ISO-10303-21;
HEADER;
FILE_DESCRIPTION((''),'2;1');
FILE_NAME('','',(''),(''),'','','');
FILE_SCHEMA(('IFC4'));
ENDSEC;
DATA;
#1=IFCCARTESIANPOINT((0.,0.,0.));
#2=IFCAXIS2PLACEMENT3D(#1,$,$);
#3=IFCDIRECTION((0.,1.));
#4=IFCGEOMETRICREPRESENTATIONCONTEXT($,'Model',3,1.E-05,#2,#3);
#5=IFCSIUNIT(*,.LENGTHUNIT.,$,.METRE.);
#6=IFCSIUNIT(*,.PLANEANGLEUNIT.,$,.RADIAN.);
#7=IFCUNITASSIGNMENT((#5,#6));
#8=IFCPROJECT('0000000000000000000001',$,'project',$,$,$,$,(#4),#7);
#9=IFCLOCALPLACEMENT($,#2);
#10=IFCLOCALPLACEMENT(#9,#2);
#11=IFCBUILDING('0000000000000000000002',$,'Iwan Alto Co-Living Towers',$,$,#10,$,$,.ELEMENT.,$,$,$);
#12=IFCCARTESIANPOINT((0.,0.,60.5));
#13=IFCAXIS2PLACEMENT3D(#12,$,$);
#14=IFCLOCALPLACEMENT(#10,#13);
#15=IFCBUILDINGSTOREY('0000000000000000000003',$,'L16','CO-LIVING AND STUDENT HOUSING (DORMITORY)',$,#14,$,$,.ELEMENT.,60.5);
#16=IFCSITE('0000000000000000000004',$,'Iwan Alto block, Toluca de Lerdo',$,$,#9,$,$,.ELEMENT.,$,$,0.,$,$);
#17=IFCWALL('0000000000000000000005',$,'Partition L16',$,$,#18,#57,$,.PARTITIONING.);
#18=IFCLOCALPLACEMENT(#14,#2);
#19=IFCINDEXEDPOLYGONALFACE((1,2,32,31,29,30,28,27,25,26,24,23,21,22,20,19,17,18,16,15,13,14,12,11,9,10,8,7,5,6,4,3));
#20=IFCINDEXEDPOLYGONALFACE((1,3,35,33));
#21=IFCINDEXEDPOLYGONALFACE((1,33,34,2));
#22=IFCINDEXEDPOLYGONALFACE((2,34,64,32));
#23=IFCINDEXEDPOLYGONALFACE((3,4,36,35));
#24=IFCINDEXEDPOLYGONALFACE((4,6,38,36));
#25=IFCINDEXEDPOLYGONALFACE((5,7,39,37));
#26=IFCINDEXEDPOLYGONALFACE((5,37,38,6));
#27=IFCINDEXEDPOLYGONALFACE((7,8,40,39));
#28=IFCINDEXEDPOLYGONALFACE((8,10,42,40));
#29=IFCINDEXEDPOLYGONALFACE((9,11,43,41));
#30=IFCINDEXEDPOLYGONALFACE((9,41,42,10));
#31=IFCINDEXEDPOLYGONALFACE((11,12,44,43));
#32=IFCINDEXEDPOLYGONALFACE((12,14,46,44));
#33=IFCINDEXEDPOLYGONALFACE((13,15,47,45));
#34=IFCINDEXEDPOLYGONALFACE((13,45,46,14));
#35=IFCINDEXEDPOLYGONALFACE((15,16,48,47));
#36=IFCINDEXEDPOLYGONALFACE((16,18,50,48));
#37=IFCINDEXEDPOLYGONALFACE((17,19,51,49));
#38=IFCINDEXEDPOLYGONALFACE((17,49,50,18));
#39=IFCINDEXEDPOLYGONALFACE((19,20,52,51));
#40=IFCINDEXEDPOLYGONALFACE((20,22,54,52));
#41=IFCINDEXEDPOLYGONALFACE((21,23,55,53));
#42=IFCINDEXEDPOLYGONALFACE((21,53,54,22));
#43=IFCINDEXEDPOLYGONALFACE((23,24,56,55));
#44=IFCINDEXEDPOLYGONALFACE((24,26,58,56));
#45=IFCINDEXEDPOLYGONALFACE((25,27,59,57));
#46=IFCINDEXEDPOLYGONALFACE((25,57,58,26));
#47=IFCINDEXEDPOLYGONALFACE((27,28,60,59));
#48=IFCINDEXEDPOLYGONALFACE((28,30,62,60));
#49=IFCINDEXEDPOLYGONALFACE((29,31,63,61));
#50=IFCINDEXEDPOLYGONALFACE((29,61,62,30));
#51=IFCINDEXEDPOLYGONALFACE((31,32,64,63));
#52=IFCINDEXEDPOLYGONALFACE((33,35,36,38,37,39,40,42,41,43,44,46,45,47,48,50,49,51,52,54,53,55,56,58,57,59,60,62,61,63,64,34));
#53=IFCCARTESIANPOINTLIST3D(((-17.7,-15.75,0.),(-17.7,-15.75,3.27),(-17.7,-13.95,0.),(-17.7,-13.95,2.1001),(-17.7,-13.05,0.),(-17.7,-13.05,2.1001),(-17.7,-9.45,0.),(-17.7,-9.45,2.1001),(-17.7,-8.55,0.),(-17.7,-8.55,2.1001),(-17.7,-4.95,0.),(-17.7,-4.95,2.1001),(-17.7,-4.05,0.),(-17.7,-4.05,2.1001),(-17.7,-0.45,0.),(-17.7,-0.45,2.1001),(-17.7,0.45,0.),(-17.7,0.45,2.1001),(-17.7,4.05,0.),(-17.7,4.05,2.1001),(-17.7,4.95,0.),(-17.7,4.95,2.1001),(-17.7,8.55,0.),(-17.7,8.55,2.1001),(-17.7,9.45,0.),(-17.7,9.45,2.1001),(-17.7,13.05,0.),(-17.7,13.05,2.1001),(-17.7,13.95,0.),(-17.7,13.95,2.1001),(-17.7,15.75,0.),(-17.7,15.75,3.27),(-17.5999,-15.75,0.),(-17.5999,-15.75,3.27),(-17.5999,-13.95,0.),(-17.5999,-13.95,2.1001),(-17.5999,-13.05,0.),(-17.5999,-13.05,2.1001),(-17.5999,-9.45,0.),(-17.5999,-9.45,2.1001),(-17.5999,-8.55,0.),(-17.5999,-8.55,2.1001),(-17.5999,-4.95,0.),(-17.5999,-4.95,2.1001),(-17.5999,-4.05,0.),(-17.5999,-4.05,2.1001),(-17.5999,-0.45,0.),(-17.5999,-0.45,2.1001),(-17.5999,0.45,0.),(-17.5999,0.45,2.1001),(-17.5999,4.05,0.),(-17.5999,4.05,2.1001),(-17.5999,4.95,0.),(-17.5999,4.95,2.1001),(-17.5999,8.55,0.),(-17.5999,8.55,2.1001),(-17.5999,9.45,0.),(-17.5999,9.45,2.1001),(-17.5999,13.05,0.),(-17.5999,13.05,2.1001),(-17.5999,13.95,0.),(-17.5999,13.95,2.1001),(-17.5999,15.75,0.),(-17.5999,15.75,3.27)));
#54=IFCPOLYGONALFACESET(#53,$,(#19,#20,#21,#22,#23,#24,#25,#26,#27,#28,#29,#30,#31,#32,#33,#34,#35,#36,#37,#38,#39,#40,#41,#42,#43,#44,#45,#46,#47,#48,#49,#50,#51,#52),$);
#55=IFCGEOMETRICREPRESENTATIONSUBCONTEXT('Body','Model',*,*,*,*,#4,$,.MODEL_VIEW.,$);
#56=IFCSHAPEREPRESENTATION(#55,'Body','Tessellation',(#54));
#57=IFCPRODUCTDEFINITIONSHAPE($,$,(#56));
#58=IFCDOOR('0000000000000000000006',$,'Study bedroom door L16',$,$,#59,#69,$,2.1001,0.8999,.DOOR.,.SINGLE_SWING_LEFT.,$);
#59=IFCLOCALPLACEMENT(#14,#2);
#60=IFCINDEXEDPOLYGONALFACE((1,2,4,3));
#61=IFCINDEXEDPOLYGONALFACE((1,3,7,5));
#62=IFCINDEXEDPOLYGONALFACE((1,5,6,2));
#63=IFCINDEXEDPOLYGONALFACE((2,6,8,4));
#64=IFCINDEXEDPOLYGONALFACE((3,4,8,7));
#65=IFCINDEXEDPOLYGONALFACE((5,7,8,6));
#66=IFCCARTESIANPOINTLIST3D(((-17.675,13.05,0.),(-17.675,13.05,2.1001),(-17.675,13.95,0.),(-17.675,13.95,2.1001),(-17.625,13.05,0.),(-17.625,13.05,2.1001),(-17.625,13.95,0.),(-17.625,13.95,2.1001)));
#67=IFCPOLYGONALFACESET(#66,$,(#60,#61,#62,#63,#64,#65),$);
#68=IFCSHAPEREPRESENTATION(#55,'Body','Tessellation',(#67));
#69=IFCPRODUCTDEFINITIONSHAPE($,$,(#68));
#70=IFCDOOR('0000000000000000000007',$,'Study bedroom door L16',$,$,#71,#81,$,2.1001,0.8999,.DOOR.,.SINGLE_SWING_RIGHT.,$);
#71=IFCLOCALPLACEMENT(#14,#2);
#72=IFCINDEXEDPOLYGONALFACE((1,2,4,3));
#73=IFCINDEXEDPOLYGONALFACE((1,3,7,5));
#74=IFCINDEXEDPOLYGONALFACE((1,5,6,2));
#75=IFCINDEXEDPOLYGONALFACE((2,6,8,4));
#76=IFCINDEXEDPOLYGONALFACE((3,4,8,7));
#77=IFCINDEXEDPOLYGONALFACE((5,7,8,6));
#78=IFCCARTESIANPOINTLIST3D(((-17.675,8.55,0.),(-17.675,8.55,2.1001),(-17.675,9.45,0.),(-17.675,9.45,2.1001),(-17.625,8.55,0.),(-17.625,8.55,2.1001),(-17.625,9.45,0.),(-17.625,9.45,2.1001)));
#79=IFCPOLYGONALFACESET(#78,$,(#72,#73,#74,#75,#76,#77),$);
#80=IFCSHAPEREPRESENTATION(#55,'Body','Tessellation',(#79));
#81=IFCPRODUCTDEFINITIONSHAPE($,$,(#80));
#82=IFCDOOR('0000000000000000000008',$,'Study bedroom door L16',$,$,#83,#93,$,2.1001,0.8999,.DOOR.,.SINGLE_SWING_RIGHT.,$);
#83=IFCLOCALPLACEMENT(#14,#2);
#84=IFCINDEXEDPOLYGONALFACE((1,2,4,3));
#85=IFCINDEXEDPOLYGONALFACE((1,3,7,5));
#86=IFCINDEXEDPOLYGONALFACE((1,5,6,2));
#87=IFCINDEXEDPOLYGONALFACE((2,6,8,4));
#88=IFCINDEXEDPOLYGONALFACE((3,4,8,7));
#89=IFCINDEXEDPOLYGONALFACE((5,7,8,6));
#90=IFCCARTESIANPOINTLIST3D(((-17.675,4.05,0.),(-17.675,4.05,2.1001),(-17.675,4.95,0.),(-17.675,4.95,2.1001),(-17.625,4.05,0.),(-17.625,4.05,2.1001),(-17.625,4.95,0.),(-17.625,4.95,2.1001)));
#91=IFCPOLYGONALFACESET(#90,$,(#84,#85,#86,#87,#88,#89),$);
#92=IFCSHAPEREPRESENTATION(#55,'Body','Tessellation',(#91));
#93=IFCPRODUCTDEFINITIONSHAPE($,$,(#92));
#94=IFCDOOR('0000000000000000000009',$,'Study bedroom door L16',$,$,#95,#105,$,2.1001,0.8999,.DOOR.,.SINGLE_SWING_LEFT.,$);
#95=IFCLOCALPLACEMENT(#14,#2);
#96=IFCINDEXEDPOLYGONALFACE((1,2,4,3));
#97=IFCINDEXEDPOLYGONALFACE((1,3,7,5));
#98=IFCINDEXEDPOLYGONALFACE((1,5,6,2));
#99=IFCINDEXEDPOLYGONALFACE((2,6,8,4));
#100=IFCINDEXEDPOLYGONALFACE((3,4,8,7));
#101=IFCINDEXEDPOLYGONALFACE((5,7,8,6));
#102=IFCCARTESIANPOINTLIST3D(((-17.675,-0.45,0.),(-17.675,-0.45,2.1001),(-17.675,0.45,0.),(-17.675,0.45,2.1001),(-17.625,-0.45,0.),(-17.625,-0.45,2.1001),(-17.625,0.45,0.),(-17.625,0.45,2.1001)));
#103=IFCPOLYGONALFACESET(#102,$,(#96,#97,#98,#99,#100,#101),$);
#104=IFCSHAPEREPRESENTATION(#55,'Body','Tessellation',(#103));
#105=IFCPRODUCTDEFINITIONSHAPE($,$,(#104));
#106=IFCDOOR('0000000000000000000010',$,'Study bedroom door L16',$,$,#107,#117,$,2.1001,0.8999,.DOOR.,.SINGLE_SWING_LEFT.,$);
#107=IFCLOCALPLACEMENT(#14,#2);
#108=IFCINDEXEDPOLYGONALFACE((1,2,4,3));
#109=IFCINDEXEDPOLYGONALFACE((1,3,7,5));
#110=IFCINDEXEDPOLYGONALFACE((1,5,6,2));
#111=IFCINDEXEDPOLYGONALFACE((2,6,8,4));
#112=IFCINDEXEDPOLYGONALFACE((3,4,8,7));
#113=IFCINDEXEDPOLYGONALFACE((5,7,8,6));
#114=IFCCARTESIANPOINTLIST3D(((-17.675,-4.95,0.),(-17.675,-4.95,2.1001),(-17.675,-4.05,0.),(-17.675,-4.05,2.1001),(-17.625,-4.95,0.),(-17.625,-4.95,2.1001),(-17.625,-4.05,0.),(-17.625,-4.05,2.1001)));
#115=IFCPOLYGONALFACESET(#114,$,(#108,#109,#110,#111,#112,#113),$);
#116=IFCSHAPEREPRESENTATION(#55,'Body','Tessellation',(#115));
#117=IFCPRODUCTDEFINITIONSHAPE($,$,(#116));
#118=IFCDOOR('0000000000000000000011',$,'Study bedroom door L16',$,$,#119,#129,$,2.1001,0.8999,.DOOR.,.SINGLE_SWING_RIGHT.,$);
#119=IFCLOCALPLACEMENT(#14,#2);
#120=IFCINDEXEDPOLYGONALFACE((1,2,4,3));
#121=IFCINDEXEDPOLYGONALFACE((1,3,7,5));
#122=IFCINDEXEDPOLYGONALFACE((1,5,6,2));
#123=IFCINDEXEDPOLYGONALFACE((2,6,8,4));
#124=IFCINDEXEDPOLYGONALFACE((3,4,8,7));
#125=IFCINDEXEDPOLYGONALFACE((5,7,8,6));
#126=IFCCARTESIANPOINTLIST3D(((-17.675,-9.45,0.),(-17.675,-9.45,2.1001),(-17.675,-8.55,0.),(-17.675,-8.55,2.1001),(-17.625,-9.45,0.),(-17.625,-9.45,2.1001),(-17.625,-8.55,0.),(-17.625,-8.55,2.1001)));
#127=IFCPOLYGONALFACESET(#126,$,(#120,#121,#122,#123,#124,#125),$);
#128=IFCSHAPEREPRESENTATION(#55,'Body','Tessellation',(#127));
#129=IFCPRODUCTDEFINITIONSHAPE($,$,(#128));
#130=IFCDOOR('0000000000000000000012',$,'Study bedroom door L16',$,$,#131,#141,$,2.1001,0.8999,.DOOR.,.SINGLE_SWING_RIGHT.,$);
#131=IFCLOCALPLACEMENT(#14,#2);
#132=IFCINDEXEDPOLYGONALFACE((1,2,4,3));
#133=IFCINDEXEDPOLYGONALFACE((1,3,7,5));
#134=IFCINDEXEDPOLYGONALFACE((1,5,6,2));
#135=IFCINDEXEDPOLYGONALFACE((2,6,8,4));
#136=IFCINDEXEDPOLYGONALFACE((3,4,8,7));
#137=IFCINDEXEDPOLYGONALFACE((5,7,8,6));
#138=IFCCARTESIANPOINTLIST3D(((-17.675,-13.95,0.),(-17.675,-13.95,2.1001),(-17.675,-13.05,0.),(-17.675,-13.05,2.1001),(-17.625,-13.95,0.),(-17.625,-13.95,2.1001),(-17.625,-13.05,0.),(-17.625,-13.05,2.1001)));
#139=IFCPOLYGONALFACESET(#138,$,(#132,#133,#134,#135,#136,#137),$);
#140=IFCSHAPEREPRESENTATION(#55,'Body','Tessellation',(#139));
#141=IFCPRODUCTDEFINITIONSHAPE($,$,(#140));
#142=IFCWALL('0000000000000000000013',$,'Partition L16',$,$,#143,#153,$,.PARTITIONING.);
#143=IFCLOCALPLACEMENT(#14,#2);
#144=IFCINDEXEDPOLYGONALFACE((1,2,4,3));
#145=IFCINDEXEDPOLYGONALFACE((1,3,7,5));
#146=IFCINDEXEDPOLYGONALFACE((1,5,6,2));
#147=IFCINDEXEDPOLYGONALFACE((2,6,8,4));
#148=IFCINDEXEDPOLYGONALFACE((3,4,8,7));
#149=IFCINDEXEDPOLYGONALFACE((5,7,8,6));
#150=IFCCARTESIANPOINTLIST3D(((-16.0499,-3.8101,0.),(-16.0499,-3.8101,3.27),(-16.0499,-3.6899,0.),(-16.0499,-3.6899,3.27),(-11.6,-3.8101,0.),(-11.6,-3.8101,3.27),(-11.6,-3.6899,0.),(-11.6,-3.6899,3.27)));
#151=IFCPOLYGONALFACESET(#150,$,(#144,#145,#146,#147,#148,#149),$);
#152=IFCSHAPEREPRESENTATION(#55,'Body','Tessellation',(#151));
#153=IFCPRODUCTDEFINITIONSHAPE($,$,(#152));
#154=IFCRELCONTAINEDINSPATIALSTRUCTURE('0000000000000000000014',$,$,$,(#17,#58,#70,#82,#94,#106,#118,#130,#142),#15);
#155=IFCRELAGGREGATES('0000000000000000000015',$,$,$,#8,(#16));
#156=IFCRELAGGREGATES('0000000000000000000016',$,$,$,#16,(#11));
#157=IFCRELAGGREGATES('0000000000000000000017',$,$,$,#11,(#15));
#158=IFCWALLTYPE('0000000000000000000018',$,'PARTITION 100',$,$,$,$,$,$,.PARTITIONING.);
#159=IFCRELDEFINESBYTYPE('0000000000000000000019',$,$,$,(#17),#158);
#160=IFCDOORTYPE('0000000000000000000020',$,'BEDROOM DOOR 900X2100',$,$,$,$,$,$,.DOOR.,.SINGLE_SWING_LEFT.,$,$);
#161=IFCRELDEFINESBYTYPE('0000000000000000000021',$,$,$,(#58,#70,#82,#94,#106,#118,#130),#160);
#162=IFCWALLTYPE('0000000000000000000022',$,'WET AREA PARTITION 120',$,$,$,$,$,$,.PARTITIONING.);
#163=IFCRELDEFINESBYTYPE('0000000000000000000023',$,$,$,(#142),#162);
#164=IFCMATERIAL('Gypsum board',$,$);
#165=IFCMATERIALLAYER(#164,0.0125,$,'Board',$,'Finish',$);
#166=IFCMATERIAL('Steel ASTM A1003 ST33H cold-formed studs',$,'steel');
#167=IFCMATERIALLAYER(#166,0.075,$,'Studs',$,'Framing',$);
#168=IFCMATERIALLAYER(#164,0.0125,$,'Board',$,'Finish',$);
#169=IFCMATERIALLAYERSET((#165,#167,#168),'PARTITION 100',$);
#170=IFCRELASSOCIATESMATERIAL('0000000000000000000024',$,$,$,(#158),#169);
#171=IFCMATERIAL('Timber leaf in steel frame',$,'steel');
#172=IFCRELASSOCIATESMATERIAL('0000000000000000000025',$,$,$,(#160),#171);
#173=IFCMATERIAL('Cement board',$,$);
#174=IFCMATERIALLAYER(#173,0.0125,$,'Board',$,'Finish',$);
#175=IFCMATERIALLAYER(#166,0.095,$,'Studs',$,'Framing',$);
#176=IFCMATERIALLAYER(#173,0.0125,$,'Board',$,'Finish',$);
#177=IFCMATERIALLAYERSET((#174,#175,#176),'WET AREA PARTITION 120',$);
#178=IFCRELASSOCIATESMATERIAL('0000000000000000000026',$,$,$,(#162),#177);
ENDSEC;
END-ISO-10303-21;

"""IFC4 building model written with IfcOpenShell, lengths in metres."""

from ifc_helpers import new_model, si_unit, direction, frame, frame_2d, origin, place, context, subcontext, project, spatial, rectangle, extrude, material, layer, layer_set, type_object, element, fill, save


model = new_model("IFC4")

# Units and contexts
model_context = context("Model", 3, precision=1e-05, world=origin(), true_north=direction((0.0, 1.0)))
body_context = subcontext(model_context, "Body", "Model", "MODEL_VIEW")
ifc_project = project(units=[si_unit("LENGTHUNIT", "METRE"), si_unit("PLANEANGLEUNIT", "RADIAN")], contexts=[model_context])

# Site, building, storey
site_placement = place(None, origin())
site = spatial("IfcSite", under=ifc_project, at=site_placement, Name="Iwan Alto block, Toluca de Lerdo", CompositionType="ELEMENT", RefElevation=0.0)
building_placement = place(site_placement, origin())
building = spatial("IfcBuilding", under=site, at=building_placement, Name="Iwan Alto Co-Living Towers", CompositionType="ELEMENT")
storey_placement = place(building_placement, frame((0.0, 0.0, 60.5)))
storey = spatial("IfcBuildingStorey", under=building, at=storey_placement, Name="L16", Description="CO-LIVING AND STUDENT HOUSING (DORMITORY)", CompositionType="ELEMENT", Elevation=60.5)

# Shared definitions
ifc_material_1 = material(Name="Gypsum board")
ifc_layer_1 = layer(ifc_material_1, 0.0125, Name="Board", Category="Finish")
ifc_material_2 = material(Name="Steel ASTM A1003 ST33H cold-formed studs", Category="steel")
ifc_layer_2 = layer(ifc_material_2, 0.075, Name="Studs", Category="Framing")
ifc_layer_3 = layer(ifc_material_1, 0.0125, Name="Board", Category="Finish")
ifc_layer_set_1 = layer_set([ifc_layer_1, ifc_layer_2, ifc_layer_3], Name="PARTITION 100")
wall_type_1 = type_object("IfcWallType", Name="PARTITION 100", PredefinedType="PARTITIONING", material=ifc_layer_set_1)

# Wall, openings, doors
wall_1_placement = place(storey_placement, frame((-17.6499, -15.75, 0.0), z_axis=(0.0, 0.0, 1.0), x_axis=(0.0, 1.0, 0.0)))
wall_1 = element("IfcWall", 1, at=wall_1_placement, inside=storey, type_object=wall_type_1, Name="Partition L16", PredefinedType="PARTITIONING", context=body_context, shape_type="SweptSolid", body=[
    extrude(rectangle(XDim=31.5, YDim=0.1001, at=frame_2d((15.75, 0.0))), origin(), (0.0, 0.0, 1.0), 3.27),
])
opening_1_placement = place(wall_1_placement, frame((28.8, 0.0, 0.0)))
opening_1 = element("IfcOpeningElement", 2, at=opening_1_placement, cuts=wall_1, PredefinedType="OPENING", context=body_context, shape_type="SweptSolid", body=[
    extrude(rectangle(XDim=0.8999, YDim=2.1001, at=frame_2d((0.45, 1.05))), frame((0.0, 0.0601, 0.0), z_axis=(0.0, -1.0, 0.0), x_axis=(1.0, 0.0, 0.0)), (0.0, 0.0, 1.0), 0.1201),
])
opening_2_placement = place(wall_1_placement, frame((24.3, 0.0, 0.0)))
opening_2 = element("IfcOpeningElement", 3, at=opening_2_placement, cuts=wall_1, PredefinedType="OPENING", context=body_context, shape_type="SweptSolid", body=[
    extrude(rectangle(XDim=0.8999, YDim=2.1001, at=frame_2d((0.45, 1.05))), frame((0.0, 0.0601, 0.0), z_axis=(0.0, -1.0, 0.0), x_axis=(1.0, 0.0, 0.0)), (0.0, 0.0, 1.0), 0.1201),
])
opening_3_placement = place(wall_1_placement, frame((19.8, 0.0, 0.0)))
opening_3 = element("IfcOpeningElement", 4, at=opening_3_placement, cuts=wall_1, PredefinedType="OPENING", context=body_context, shape_type="SweptSolid", body=[
    extrude(rectangle(XDim=0.8999, YDim=2.1001, at=frame_2d((0.45, 1.05))), frame((0.0, 0.0601, 0.0), z_axis=(0.0, -1.0, 0.0), x_axis=(1.0, 0.0, 0.0)), (0.0, 0.0, 1.0), 0.1201),
])
opening_4_placement = place(wall_1_placement, frame((15.3, 0.0, 0.0)))
opening_4 = element("IfcOpeningElement", 5, at=opening_4_placement, cuts=wall_1, PredefinedType="OPENING", context=body_context, shape_type="SweptSolid", body=[
    extrude(rectangle(XDim=0.8999, YDim=2.1001, at=frame_2d((0.45, 1.05))), frame((0.0, 0.0601, 0.0), z_axis=(0.0, -1.0, 0.0), x_axis=(1.0, 0.0, 0.0)), (0.0, 0.0, 1.0), 0.1201),
])
opening_5_placement = place(wall_1_placement, frame((10.8, 0.0, 0.0)))
opening_5 = element("IfcOpeningElement", 6, at=opening_5_placement, cuts=wall_1, PredefinedType="OPENING", context=body_context, shape_type="SweptSolid", body=[
    extrude(rectangle(XDim=0.8999, YDim=2.1001, at=frame_2d((0.45, 1.05))), frame((0.0, 0.0601, 0.0), z_axis=(0.0, -1.0, 0.0), x_axis=(1.0, 0.0, 0.0)), (0.0, 0.0, 1.0), 0.1201),
])
opening_6_placement = place(wall_1_placement, frame((6.3, 0.0, 0.0)))
opening_6 = element("IfcOpeningElement", 7, at=opening_6_placement, cuts=wall_1, PredefinedType="OPENING", context=body_context, shape_type="SweptSolid", body=[
    extrude(rectangle(XDim=0.8999, YDim=2.1001, at=frame_2d((0.45, 1.05))), frame((0.0, 0.0601, 0.0), z_axis=(0.0, -1.0, 0.0), x_axis=(1.0, 0.0, 0.0)), (0.0, 0.0, 1.0), 0.1201),
])
opening_7_placement = place(wall_1_placement, frame((1.8, 0.0, 0.0)))
opening_7 = element("IfcOpeningElement", 8, at=opening_7_placement, cuts=wall_1, PredefinedType="OPENING", context=body_context, shape_type="SweptSolid", body=[
    extrude(rectangle(XDim=0.8999, YDim=2.1001, at=frame_2d((0.45, 1.05))), frame((0.0, 0.0601, 0.0), z_axis=(0.0, -1.0, 0.0), x_axis=(1.0, 0.0, 0.0)), (0.0, 0.0, 1.0), 0.1201),
])
ifc_material_3 = material(Name="Timber leaf in steel frame", Category="steel")
door_type_1 = type_object("IfcDoorType", Name="BEDROOM DOOR 900X2100", OperationType="SINGLE_SWING_LEFT", PredefinedType="DOOR", material=ifc_material_3)
door_1_placement = place(opening_1_placement, frame((0.8999, 0.0, 0.0), z_axis=(0.0, 0.0, 1.0), x_axis=(-1.0, 0.0, 0.0)))
door_1 = element("IfcDoor", 9, at=door_1_placement, inside=storey, type_object=door_type_1, Name="Study bedroom door L16", OperationType="SINGLE_SWING_LEFT", OverallHeight=2.1001, OverallWidth=0.8999, PredefinedType="DOOR", context=body_context, shape_type="SweptSolid", body=[
    extrude(rectangle(XDim=0.8999, YDim=2.1001, at=frame_2d((0.45, 1.05))), frame((0.0, 0.0249, 0.0), z_axis=(0.0, -1.0, 0.0), x_axis=(1.0, 0.0, 0.0)), (0.0, 0.0, 1.0), 0.05),
])
fill(opening_1, door_1)
door_2_placement = place(opening_2_placement, frame((0.8999, 0.0, 0.0), z_axis=(0.0, 0.0, 1.0), x_axis=(-1.0, 0.0, 0.0)))
door_2 = element("IfcDoor", 10, at=door_2_placement, inside=storey, type_object=door_type_1, Name="Study bedroom door L16", OperationType="SINGLE_SWING_RIGHT", OverallHeight=2.1001, OverallWidth=0.8999, PredefinedType="DOOR", context=body_context, shape_type="SweptSolid", body=[
    extrude(rectangle(XDim=0.8999, YDim=2.1001, at=frame_2d((0.45, 1.05))), frame((0.0, 0.0249, 0.0), z_axis=(0.0, -1.0, 0.0), x_axis=(1.0, 0.0, 0.0)), (0.0, 0.0, 1.0), 0.05),
])
fill(opening_2, door_2)
door_3_placement = place(opening_3_placement, frame((0.8999, 0.0, 0.0), z_axis=(0.0, 0.0, 1.0), x_axis=(-1.0, 0.0, 0.0)))
door_3 = element("IfcDoor", 11, at=door_3_placement, inside=storey, type_object=door_type_1, Name="Study bedroom door L16", OperationType="SINGLE_SWING_RIGHT", OverallHeight=2.1001, OverallWidth=0.8999, PredefinedType="DOOR", context=body_context, shape_type="SweptSolid", body=[
    extrude(rectangle(XDim=0.8999, YDim=2.1001, at=frame_2d((0.45, 1.05))), frame((0.0, 0.0249, 0.0), z_axis=(0.0, -1.0, 0.0), x_axis=(1.0, 0.0, 0.0)), (0.0, 0.0, 1.0), 0.05),
])
fill(opening_3, door_3)
door_4_placement = place(opening_4_placement, frame((0.8999, 0.0, 0.0), z_axis=(0.0, 0.0, 1.0), x_axis=(-1.0, 0.0, 0.0)))
door_4 = element("IfcDoor", 12, at=door_4_placement, inside=storey, type_object=door_type_1, Name="Study bedroom door L16", OperationType="SINGLE_SWING_LEFT", OverallHeight=2.1001, OverallWidth=0.8999, PredefinedType="DOOR", context=body_context, shape_type="SweptSolid", body=[
    extrude(rectangle(XDim=0.8999, YDim=2.1001, at=frame_2d((0.45, 1.05))), frame((0.0, 0.0249, 0.0), z_axis=(0.0, -1.0, 0.0), x_axis=(1.0, 0.0, 0.0)), (0.0, 0.0, 1.0), 0.05),
])
fill(opening_4, door_4)
door_5_placement = place(opening_5_placement, frame((0.8999, 0.0, 0.0), z_axis=(0.0, 0.0, 1.0), x_axis=(-1.0, 0.0, 0.0)))
door_5 = element("IfcDoor", 13, at=door_5_placement, inside=storey, type_object=door_type_1, Name="Study bedroom door L16", OperationType="SINGLE_SWING_LEFT", OverallHeight=2.1001, OverallWidth=0.8999, PredefinedType="DOOR", context=body_context, shape_type="SweptSolid", body=[
    extrude(rectangle(XDim=0.8999, YDim=2.1001, at=frame_2d((0.45, 1.05))), frame((0.0, 0.0249, 0.0), z_axis=(0.0, -1.0, 0.0), x_axis=(1.0, 0.0, 0.0)), (0.0, 0.0, 1.0), 0.05),
])
fill(opening_5, door_5)
door_6_placement = place(opening_6_placement, frame((0.8999, 0.0, 0.0), z_axis=(0.0, 0.0, 1.0), x_axis=(-1.0, 0.0, 0.0)))
door_6 = element("IfcDoor", 14, at=door_6_placement, inside=storey, type_object=door_type_1, Name="Study bedroom door L16", OperationType="SINGLE_SWING_RIGHT", OverallHeight=2.1001, OverallWidth=0.8999, PredefinedType="DOOR", context=body_context, shape_type="SweptSolid", body=[
    extrude(rectangle(XDim=0.8999, YDim=2.1001, at=frame_2d((0.45, 1.05))), frame((0.0, 0.0249, 0.0), z_axis=(0.0, -1.0, 0.0), x_axis=(1.0, 0.0, 0.0)), (0.0, 0.0, 1.0), 0.05),
])
fill(opening_6, door_6)
door_7_placement = place(opening_7_placement, frame((0.8999, 0.0, 0.0), z_axis=(0.0, 0.0, 1.0), x_axis=(-1.0, 0.0, 0.0)))
door_7 = element("IfcDoor", 15, at=door_7_placement, inside=storey, type_object=door_type_1, Name="Study bedroom door L16", OperationType="SINGLE_SWING_RIGHT", OverallHeight=2.1001, OverallWidth=0.8999, PredefinedType="DOOR", context=body_context, shape_type="SweptSolid", body=[
    extrude(rectangle(XDim=0.8999, YDim=2.1001, at=frame_2d((0.45, 1.05))), frame((0.0, 0.0249, 0.0), z_axis=(0.0, -1.0, 0.0), x_axis=(1.0, 0.0, 0.0)), (0.0, 0.0, 1.0), 0.05),
])
fill(opening_7, door_7)

# Wall
ifc_material_4 = material(Name="Cement board")
ifc_layer_4 = layer(ifc_material_4, 0.0125, Name="Board", Category="Finish")
ifc_layer_5 = layer(ifc_material_2, 0.095, Name="Studs", Category="Framing")
ifc_layer_6 = layer(ifc_material_4, 0.0125, Name="Board", Category="Finish")
ifc_layer_set_2 = layer_set([ifc_layer_4, ifc_layer_5, ifc_layer_6], Name="WET AREA PARTITION 120")
wall_type_2 = type_object("IfcWallType", Name="WET AREA PARTITION 120", PredefinedType="PARTITIONING", material=ifc_layer_set_2)
wall_2_placement = place(storey_placement, frame((-16.05, -3.75, 0.0), z_axis=(0.0, 0.0, 1.0), x_axis=(1.0, 0.0, 0.0)))
element("IfcWall", 16, at=wall_2_placement, inside=storey, type_object=wall_type_2, Name="Partition L16", PredefinedType="PARTITIONING", context=body_context, shape_type="SweptSolid", body=[
    extrude(rectangle(XDim=4.45, YDim=0.1201, at=frame_2d((2.2251, 0.0))), origin(), (0.0, 0.0, 1.0), 3.27),
])

save(model, "model.ifc")
